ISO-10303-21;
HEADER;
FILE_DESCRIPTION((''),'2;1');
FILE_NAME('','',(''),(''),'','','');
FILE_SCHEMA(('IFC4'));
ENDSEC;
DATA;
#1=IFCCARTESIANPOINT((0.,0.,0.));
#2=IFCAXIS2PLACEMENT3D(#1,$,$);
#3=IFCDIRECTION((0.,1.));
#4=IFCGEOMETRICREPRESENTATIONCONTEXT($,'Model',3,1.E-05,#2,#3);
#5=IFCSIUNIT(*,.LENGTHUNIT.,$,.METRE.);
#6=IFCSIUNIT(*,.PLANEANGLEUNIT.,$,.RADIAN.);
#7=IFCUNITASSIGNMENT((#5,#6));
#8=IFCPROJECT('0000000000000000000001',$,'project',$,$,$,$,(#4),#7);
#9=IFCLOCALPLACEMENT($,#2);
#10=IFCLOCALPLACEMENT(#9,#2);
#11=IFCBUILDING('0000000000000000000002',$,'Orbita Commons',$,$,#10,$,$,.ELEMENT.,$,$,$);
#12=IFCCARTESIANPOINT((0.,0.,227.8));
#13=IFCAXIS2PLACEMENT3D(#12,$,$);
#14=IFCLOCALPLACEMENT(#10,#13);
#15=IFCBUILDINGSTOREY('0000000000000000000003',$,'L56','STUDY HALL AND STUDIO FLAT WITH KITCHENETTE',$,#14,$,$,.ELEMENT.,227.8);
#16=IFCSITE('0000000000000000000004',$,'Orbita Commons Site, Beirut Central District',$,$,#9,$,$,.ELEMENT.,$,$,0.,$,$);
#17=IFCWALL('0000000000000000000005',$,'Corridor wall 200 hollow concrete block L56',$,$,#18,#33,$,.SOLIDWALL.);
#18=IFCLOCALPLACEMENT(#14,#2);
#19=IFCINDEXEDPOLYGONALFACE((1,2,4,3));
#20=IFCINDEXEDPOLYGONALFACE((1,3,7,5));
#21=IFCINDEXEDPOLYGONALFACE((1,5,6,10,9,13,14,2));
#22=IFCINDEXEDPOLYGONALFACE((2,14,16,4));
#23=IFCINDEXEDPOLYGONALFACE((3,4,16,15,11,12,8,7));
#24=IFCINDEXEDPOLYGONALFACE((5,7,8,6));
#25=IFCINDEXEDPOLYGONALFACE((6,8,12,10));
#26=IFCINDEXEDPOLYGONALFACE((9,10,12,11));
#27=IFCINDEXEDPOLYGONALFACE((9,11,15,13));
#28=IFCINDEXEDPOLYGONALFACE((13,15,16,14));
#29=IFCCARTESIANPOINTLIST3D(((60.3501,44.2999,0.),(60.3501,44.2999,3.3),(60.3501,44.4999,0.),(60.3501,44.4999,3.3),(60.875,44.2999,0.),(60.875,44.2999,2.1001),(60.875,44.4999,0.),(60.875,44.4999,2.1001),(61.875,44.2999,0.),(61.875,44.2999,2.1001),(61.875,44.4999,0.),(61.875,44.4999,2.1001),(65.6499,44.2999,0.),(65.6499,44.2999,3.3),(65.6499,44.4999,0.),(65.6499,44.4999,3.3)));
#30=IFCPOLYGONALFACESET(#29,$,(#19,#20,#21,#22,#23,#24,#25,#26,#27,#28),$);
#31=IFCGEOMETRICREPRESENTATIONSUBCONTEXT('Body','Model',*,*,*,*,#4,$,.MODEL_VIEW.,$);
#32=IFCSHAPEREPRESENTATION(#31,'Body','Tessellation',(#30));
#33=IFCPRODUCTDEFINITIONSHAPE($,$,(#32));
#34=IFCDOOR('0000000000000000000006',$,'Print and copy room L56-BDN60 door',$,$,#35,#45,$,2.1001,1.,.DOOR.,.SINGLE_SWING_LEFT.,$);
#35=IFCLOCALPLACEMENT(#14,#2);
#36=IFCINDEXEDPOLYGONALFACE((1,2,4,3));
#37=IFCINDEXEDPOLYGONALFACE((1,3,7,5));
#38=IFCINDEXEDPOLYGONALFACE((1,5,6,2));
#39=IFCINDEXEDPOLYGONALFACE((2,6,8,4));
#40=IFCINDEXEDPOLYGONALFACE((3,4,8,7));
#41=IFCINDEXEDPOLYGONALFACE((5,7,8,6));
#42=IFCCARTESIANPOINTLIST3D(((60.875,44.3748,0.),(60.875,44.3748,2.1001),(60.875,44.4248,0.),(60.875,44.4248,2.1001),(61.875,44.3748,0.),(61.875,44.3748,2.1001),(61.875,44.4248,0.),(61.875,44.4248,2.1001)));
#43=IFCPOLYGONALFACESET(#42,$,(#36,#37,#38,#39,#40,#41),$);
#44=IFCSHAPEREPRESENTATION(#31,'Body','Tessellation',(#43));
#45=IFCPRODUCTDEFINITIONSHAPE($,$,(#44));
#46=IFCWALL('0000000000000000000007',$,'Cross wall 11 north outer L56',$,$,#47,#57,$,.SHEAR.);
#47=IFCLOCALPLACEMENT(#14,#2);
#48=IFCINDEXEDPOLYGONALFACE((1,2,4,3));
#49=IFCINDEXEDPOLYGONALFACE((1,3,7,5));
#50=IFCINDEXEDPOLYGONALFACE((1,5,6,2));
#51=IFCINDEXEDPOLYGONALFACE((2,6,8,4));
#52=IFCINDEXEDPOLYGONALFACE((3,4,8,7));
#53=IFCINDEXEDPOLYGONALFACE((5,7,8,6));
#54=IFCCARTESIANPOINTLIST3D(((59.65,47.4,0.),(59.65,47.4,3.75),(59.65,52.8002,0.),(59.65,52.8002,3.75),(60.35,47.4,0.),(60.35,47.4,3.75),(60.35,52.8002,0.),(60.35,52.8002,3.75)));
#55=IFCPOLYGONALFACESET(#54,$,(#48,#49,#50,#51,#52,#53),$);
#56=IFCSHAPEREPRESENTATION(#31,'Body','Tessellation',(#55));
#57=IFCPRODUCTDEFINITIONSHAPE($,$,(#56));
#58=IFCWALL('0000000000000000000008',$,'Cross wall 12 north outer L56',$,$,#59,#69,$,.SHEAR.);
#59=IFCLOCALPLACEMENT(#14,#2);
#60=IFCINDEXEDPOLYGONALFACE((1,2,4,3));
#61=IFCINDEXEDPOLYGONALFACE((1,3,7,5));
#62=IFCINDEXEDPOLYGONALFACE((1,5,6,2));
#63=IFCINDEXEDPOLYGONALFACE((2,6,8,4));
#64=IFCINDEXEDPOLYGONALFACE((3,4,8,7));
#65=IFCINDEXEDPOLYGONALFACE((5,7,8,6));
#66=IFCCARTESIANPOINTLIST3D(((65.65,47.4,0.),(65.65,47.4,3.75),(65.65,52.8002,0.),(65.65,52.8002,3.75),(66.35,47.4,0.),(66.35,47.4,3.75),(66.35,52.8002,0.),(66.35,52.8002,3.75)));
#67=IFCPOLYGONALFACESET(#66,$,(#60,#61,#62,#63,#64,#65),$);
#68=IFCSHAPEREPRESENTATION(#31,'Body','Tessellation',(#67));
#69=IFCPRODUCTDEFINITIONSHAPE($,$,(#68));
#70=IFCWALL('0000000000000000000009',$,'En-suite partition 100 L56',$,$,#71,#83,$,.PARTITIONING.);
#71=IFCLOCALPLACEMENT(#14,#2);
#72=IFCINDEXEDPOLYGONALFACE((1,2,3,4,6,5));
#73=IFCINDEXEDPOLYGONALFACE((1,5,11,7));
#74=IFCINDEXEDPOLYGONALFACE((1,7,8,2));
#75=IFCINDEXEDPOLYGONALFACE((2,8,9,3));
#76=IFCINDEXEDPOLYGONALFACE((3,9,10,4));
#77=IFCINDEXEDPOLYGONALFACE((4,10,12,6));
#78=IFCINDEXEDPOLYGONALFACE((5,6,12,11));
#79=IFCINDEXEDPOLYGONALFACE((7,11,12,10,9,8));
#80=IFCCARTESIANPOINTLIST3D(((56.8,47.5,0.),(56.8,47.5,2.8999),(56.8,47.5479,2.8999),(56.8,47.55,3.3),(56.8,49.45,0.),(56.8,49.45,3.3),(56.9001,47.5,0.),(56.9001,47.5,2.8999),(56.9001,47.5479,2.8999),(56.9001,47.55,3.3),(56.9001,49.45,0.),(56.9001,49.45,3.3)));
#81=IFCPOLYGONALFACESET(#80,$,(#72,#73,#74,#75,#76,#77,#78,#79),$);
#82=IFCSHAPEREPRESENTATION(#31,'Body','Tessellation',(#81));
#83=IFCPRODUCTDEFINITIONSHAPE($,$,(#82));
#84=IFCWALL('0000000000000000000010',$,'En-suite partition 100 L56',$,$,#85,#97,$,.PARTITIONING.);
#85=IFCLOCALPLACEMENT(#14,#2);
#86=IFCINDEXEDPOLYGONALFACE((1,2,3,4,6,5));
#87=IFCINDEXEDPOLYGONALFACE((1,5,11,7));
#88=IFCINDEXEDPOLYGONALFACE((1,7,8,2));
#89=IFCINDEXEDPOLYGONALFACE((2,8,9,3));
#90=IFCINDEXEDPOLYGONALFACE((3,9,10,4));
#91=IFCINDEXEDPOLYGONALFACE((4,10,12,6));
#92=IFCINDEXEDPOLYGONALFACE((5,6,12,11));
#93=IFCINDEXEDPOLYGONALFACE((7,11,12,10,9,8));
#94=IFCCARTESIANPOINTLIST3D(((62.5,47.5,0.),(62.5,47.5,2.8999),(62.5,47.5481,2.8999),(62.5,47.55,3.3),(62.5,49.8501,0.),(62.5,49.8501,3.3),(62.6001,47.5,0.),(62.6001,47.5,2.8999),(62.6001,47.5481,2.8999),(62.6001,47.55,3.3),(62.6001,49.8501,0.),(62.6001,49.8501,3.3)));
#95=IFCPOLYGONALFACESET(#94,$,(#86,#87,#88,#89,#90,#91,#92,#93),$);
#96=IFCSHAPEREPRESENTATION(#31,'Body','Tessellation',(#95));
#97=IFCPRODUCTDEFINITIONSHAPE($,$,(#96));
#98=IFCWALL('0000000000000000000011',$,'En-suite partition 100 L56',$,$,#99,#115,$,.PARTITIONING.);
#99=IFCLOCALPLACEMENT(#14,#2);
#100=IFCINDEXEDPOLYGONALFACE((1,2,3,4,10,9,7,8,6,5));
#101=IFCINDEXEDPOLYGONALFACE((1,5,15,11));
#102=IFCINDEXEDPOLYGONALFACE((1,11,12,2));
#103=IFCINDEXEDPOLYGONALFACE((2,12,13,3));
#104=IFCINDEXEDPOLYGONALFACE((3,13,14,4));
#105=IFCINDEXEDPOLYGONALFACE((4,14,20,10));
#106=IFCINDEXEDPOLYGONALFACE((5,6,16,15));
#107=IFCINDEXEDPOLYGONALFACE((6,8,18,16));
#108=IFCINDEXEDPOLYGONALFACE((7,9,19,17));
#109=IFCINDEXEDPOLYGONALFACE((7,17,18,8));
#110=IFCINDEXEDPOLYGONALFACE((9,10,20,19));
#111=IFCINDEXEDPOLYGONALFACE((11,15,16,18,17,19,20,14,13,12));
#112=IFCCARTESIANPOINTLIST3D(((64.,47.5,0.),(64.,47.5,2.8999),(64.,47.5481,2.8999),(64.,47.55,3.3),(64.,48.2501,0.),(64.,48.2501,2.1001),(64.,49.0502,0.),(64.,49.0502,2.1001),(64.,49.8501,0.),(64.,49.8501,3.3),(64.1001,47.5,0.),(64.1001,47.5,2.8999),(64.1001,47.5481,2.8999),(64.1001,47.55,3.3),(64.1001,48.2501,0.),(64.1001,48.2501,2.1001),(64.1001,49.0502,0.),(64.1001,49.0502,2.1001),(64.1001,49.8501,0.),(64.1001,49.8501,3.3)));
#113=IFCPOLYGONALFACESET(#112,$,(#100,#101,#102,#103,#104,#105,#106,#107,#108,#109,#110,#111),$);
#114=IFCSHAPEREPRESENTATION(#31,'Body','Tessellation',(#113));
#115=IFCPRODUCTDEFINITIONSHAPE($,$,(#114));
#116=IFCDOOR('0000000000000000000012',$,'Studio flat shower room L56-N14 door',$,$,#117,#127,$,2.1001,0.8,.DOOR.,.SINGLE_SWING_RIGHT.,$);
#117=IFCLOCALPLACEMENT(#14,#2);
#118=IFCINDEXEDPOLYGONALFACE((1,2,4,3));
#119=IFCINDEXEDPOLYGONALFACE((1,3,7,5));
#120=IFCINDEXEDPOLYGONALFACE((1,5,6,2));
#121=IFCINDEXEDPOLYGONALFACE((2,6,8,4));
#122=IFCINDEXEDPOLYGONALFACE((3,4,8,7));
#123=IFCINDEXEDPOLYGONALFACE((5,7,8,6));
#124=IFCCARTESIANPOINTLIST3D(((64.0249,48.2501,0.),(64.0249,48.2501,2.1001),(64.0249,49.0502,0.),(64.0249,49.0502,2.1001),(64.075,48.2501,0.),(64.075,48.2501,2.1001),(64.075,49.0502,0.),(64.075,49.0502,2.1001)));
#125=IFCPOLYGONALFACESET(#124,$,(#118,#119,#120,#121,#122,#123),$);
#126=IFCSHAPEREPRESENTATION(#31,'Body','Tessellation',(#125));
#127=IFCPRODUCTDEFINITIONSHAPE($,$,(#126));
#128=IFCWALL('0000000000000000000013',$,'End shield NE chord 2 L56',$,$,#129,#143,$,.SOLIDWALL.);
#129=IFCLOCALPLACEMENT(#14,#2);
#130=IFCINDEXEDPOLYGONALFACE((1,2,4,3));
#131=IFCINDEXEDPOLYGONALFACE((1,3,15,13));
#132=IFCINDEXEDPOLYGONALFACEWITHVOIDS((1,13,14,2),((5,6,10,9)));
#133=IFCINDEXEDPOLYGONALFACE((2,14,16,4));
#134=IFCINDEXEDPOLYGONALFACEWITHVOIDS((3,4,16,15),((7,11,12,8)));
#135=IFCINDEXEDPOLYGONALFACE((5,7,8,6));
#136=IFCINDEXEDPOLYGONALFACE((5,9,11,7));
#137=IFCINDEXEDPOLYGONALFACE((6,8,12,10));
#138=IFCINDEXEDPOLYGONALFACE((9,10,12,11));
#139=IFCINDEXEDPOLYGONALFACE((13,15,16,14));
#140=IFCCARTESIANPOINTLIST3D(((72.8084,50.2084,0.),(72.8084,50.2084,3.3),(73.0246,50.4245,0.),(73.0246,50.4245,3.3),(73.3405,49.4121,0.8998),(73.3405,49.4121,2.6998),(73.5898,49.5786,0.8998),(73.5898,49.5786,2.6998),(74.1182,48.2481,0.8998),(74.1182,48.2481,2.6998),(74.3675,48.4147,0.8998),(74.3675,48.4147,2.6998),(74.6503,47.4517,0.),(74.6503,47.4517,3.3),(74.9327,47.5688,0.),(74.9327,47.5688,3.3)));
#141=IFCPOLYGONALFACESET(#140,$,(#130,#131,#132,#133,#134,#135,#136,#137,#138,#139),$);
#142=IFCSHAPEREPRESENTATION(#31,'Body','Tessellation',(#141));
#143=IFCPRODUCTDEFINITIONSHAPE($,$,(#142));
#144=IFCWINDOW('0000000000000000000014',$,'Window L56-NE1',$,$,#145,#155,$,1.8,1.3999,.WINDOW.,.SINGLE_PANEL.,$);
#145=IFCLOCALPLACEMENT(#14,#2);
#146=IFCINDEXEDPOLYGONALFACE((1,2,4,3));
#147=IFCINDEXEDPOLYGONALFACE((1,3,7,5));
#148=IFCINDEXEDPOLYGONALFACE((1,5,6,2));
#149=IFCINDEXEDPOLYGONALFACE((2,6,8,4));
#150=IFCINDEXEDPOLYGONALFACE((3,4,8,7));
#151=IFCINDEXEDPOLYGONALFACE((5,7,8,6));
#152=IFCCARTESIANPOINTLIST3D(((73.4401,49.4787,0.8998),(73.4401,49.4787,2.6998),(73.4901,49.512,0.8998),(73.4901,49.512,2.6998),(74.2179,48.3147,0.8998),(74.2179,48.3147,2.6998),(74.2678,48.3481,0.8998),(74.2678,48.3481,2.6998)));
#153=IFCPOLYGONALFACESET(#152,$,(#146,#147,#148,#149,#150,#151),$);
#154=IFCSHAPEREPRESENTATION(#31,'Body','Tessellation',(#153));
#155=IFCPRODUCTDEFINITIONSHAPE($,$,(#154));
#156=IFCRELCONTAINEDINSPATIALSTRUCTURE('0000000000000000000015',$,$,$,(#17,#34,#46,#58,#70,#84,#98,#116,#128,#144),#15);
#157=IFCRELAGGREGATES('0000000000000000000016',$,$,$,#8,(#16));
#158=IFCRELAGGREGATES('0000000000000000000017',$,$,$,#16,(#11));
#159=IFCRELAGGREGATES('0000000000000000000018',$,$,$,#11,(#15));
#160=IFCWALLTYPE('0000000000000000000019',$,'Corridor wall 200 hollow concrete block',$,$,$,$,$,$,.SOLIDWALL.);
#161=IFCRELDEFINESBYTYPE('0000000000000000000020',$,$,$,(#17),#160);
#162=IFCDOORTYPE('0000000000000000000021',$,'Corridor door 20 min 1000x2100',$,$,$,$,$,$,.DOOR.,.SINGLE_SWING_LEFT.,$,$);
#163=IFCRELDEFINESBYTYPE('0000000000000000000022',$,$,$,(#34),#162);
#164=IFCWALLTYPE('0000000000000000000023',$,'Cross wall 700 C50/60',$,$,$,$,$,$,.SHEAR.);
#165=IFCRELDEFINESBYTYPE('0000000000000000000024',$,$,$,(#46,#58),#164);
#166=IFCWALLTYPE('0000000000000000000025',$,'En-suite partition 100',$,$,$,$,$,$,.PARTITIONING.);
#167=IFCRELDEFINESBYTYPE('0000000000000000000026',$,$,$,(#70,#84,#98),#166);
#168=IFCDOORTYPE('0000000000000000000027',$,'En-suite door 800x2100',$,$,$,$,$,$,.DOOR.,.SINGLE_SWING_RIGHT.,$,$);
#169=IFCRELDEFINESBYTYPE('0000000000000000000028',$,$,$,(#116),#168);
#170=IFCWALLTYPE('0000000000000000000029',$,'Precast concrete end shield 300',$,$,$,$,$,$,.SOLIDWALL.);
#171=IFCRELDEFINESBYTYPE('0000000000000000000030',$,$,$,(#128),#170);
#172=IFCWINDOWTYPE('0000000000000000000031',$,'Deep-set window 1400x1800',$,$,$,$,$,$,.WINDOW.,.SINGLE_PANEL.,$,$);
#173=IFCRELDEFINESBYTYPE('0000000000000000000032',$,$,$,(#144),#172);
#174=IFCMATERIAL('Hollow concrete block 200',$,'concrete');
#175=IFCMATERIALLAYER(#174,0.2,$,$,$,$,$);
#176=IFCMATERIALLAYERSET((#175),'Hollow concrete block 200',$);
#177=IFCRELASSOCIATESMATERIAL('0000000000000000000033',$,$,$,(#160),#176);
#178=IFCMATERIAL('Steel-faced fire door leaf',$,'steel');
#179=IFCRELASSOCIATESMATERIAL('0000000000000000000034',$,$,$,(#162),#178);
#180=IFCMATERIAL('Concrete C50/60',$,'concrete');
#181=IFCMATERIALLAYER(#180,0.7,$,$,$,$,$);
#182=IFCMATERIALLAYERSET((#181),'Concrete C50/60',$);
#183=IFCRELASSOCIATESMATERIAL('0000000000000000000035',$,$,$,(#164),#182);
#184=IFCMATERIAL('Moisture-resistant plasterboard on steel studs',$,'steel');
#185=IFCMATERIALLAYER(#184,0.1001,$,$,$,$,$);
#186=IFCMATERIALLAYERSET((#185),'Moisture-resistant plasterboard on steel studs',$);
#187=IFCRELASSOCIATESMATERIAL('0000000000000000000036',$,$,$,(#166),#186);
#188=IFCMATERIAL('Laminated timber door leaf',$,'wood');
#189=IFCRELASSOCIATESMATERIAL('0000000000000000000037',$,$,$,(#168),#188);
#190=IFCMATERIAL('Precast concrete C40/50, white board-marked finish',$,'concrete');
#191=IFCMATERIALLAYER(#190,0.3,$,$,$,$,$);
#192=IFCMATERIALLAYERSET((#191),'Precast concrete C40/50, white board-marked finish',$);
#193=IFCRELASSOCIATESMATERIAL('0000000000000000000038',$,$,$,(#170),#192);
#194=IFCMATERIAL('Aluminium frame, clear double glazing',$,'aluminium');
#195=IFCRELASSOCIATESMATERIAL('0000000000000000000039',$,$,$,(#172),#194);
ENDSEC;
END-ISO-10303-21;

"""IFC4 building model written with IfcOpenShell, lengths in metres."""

from ifc_helpers import new_model, si_unit, direction, frame, frame_2d, origin, place, context, subcontext, project, spatial, polyline, rectangle, outline, extrude, material, layer, layer_set, type_object, element, fill, save


model = new_model("IFC4")

# Units and contexts
model_context = context("Model", 3, precision=1e-05, world=origin(), true_north=direction((0.0, 1.0)))
body_context = subcontext(model_context, "Body", "Model", "MODEL_VIEW")
ifc_project = project(units=[si_unit("LENGTHUNIT", "METRE"), si_unit("PLANEANGLEUNIT", "RADIAN")], contexts=[model_context])

# Site, building, storey
site_placement = place(None, origin())
site = spatial("IfcSite", under=ifc_project, at=site_placement, Name="Orbita Commons Site, Beirut Central District", CompositionType="ELEMENT", RefElevation=0.0)
building_placement = place(site_placement, origin())
building = spatial("IfcBuilding", under=site, at=building_placement, Name="Orbita Commons", CompositionType="ELEMENT")
storey_placement = place(building_placement, frame((0.0, 0.0, 227.8)))
storey = spatial("IfcBuildingStorey", under=building, at=storey_placement, Name="L56", Description="STUDY HALL AND STUDIO FLAT WITH KITCHENETTE", CompositionType="ELEMENT", Elevation=227.8)

# Wall, opening, door
ifc_material_1 = material(Name="Hollow concrete block 200", Category="concrete")
ifc_layer_1 = layer(ifc_material_1, 0.2)
ifc_layer_set_1 = layer_set([ifc_layer_1], Name="Hollow concrete block 200")
wall_type_1 = type_object("IfcWallType", Name="Corridor wall 200 hollow concrete block", PredefinedType="SOLIDWALL", material=ifc_layer_set_1)
wall_1_placement = place(storey_placement, frame((60.3501, 44.3999, 0.0), z_axis=(0.0, 0.0, 1.0), x_axis=(1.0, 0.0, 0.0)))
wall_1 = element("IfcWall", 1, at=wall_1_placement, inside=storey, type_object=wall_type_1, Name="Corridor wall 200 hollow concrete block L56", PredefinedType="SOLIDWALL", context=body_context, shape_type="SweptSolid", body=[
    extrude(rectangle(XDim=5.2998, YDim=0.2, at=frame_2d((2.6499, 0.0))), origin(), (0.0, 0.0, 1.0), 3.3),
])
opening_1_placement = place(wall_1_placement, frame((0.5249, 0.0, 0.0)))
opening_1 = element("IfcOpeningElement", 2, at=opening_1_placement, cuts=wall_1, PredefinedType="OPENING", context=body_context, shape_type="SweptSolid", body=[
    extrude(rectangle(XDim=1.0, YDim=2.1001, at=frame_2d((0.5, 1.05))), frame((0.0, 0.1099, 0.0), z_axis=(0.0, -1.0, 0.0), x_axis=(1.0, 0.0, 0.0)), (0.0, 0.0, 1.0), 0.22),
])
ifc_material_2 = material(Name="Steel-faced fire door leaf", Category="steel")
door_type_1 = type_object("IfcDoorType", Name="Corridor door 20 min 1000x2100", OperationType="SINGLE_SWING_LEFT", PredefinedType="DOOR", material=ifc_material_2)
door_1_placement = place(opening_1_placement, origin())
door_1 = element("IfcDoor", 3, at=door_1_placement, inside=storey, type_object=door_type_1, Name="Print and copy room L56-BDN60 door", OperationType="SINGLE_SWING_LEFT", OverallHeight=2.1001, OverallWidth=1.0, PredefinedType="DOOR", context=body_context, shape_type="SweptSolid", body=[
    extrude(rectangle(XDim=1.0, YDim=2.1001, at=frame_2d((0.5, 1.05))), frame((0.0, 0.0249, 0.0), z_axis=(0.0, -1.0, 0.0), x_axis=(1.0, 0.0, 0.0)), (0.0, 0.0, 1.0), 0.05),
])
fill(opening_1, door_1)

# Walls
ifc_material_3 = material(Name="Concrete C50/60", Category="concrete")
ifc_layer_2 = layer(ifc_material_3, 0.7)
ifc_layer_set_2 = layer_set([ifc_layer_2], Name="Concrete C50/60")
wall_type_2 = type_object("IfcWallType", Name="Cross wall 700 C50/60", PredefinedType="SHEAR", material=ifc_layer_set_2)
for number, where, z_axis, x_axis, name in (
    (4, (60.0, 47.3999, 0.0), (0.0, 0.0, 1.0), (0.0, 1.0, 0.0), "Cross wall 11 north outer L56"),
    (5, (66.0, 47.3999, 0.0), (0.0, 0.0, 1.0), (0.0, 1.0, 0.0), "Cross wall 12 north outer L56"),
):
    element("IfcWall", number, at=place(storey_placement, frame(where, z_axis=z_axis, x_axis=x_axis)), inside=storey, type_object=wall_type_2, Name=name, PredefinedType="SHEAR", context=body_context, shape_type="SweptSolid", body=[
        extrude(rectangle(XDim=5.4001, YDim=0.7, at=frame_2d((2.7002, 0.0))), origin(), (0.0, 0.0, 1.0), 3.75),
    ])
ifc_material_4 = material(Name="Moisture-resistant plasterboard on steel studs", Category="steel")
ifc_layer_3 = layer(ifc_material_4, 0.1001)
ifc_layer_set_3 = layer_set([ifc_layer_3], Name="Moisture-resistant plasterboard on steel studs")
wall_type_3 = type_object("IfcWallType", Name="En-suite partition 100", PredefinedType="PARTITIONING", material=ifc_layer_set_3)
wall_2_placement = place(storey_placement, frame((56.8501, 49.45, 0.0), z_axis=(0.0, 0.0, 1.0), x_axis=(0.0, -1.0, 0.0)))
element("IfcWall", 6, at=wall_2_placement, inside=storey, type_object=wall_type_3, Name="En-suite partition 100 L56", PredefinedType="PARTITIONING", context=body_context, shape_type="SweptSolid", body=[
    extrude(outline(polyline([(0.0, 0.0), (1.95, 0.0), (1.95, 2.8999), (1.9021, 2.8999), (1.8999, 3.3), (0.0, 3.3), (0.0, 0.0)])), frame((0.0, 0.05, 0.0), z_axis=(0.0, -1.0, 0.0), x_axis=(1.0, 0.0, 0.0)), (0.0, 0.0, 1.0), 0.1001),
])
wall_3_placement = place(storey_placement, frame((62.55, 49.8501, 0.0), z_axis=(0.0, 0.0, 1.0), x_axis=(0.0, -1.0, 0.0)))
element("IfcWall", 7, at=wall_3_placement, inside=storey, type_object=wall_type_3, Name="En-suite partition 100 L56", PredefinedType="PARTITIONING", context=body_context, shape_type="SweptSolid", body=[
    extrude(outline(polyline([(0.0, 0.0), (2.3501, 0.0), (2.3501, 2.8999), (2.302, 2.8999), (2.3, 3.3), (0.0, 3.3), (0.0, 0.0)])), frame((0.0, 0.05, 0.0), z_axis=(0.0, -1.0, 0.0), x_axis=(1.0, 0.0, 0.0)), (0.0, 0.0, 1.0), 0.1001),
])

# Wall, opening, door
wall_4_placement = place(storey_placement, frame((64.05, 49.8501, 0.0), z_axis=(0.0, 0.0, 1.0), x_axis=(0.0, -1.0, 0.0)))
wall_4 = element("IfcWall", 8, at=wall_4_placement, inside=storey, type_object=wall_type_3, Name="En-suite partition 100 L56", PredefinedType="PARTITIONING", context=body_context, shape_type="SweptSolid", body=[
    extrude(outline(polyline([(0.0, 0.0), (2.3501, 0.0), (2.3501, 2.8999), (2.302, 2.8999), (2.3, 3.3), (0.0, 3.3), (0.0, 0.0)])), frame((0.0, 0.05, 0.0), z_axis=(0.0, -1.0, 0.0), x_axis=(1.0, 0.0, 0.0)), (0.0, 0.0, 1.0), 0.1001),
])
opening_2_placement = place(wall_4_placement, frame((0.8, 0.0, 0.0)))
opening_2 = element("IfcOpeningElement", 9, at=opening_2_placement, cuts=wall_4, PredefinedType="OPENING", context=body_context, shape_type="SweptSolid", body=[
    extrude(rectangle(XDim=0.8, YDim=2.1001, at=frame_2d((0.3999, 1.05))), frame((0.0, 0.0601, 0.0), z_axis=(0.0, -1.0, 0.0), x_axis=(1.0, 0.0, 0.0)), (0.0, 0.0, 1.0), 0.1201),
])
ifc_material_5 = material(Name="Laminated timber door leaf", Category="wood")
door_type_2 = type_object("IfcDoorType", Name="En-suite door 800x2100", OperationType="SINGLE_SWING_RIGHT", PredefinedType="DOOR", material=ifc_material_5)
door_2_placement = place(opening_2_placement, origin())
door_2 = element("IfcDoor", 10, at=door_2_placement, inside=storey, type_object=door_type_2, Name="Studio flat shower room L56-N14 door", OperationType="SINGLE_SWING_RIGHT", OverallHeight=2.1001, OverallWidth=0.8, PredefinedType="DOOR", context=body_context, shape_type="SweptSolid", body=[
    extrude(rectangle(XDim=0.8, YDim=2.1001, at=frame_2d((0.3999, 1.05))), frame((0.0, 0.0249, 0.0), z_axis=(0.0, -1.0, 0.0), x_axis=(1.0, 0.0, 0.0)), (0.0, 0.0, 1.0), 0.05),
])
fill(opening_2, door_2)

# Wall, opening, window
ifc_material_6 = material(Name="Precast concrete C40/50, white board-marked finish", Category="concrete")
ifc_layer_4 = layer(ifc_material_6, 0.3)
ifc_layer_set_4 = layer_set([ifc_layer_4], Name="Precast concrete C40/50, white board-marked finish")
wall_type_4 = type_object("IfcWallType", Name="Precast concrete end shield 300", PredefinedType="SOLIDWALL", material=ifc_layer_set_4)
wall_5_placement = place(storey_placement, frame((74.7915, 47.5103, 0.0), z_axis=(0.0, 0.0, 1.0), x_axis=(-0.555568, 0.831471, 0.0)))
wall_5 = element("IfcWall", 11, at=wall_5_placement, inside=storey, type_object=wall_type_4, Name="End shield NE chord 2 L56", PredefinedType="SOLIDWALL", context=body_context, shape_type="SweptSolid", body=[
    extrude(outline(polyline([(-0.0298, -0.1499), (3.4048, -0.1499), (3.3452, 0.1499), (0.0298, 0.1499), (-0.0298, -0.1499)])), origin(), (0.0, 0.0, 1.0), 3.3),
])
opening_3_placement = place(wall_5_placement, frame((0.9875, 0.0, 0.8999)))
opening_3 = element("IfcOpeningElement", 12, at=opening_3_placement, cuts=wall_5, PredefinedType="OPENING", context=body_context, shape_type="SweptSolid", body=[
    extrude(rectangle(XDim=1.3999, YDim=1.8, at=frame_2d((0.7, 0.8999))), frame((0.0, 0.1599, 0.0), z_axis=(0.0, -1.0, 0.0), x_axis=(1.0, 0.0, 0.0)), (0.0, 0.0, 1.0), 0.3201),
])
ifc_material_7 = material(Name="Aluminium frame, clear double glazing", Category="aluminium")
window_type = type_object("IfcWindowType", Name="Deep-set window 1400x1800", PartitioningType="SINGLE_PANEL", PredefinedType="WINDOW", material=ifc_material_7)
window_placement = place(opening_3_placement, origin())
window = element("IfcWindow", 13, at=window_placement, inside=storey, type_object=window_type, Name="Window L56-NE1", OverallHeight=1.8, OverallWidth=1.3999, PartitioningType="SINGLE_PANEL", PredefinedType="WINDOW", context=body_context, shape_type="SweptSolid", body=[
    extrude(rectangle(XDim=1.3999, YDim=1.8, at=frame_2d((0.7, 0.8999))), frame((0.0, 0.03, 0.0), z_axis=(0.0, -1.0, 0.0), x_axis=(1.0, 0.0, 0.0)), (0.0, 0.0, 1.0), 0.0601),
])
fill(opening_3, window)

save(model, "model.ifc")
